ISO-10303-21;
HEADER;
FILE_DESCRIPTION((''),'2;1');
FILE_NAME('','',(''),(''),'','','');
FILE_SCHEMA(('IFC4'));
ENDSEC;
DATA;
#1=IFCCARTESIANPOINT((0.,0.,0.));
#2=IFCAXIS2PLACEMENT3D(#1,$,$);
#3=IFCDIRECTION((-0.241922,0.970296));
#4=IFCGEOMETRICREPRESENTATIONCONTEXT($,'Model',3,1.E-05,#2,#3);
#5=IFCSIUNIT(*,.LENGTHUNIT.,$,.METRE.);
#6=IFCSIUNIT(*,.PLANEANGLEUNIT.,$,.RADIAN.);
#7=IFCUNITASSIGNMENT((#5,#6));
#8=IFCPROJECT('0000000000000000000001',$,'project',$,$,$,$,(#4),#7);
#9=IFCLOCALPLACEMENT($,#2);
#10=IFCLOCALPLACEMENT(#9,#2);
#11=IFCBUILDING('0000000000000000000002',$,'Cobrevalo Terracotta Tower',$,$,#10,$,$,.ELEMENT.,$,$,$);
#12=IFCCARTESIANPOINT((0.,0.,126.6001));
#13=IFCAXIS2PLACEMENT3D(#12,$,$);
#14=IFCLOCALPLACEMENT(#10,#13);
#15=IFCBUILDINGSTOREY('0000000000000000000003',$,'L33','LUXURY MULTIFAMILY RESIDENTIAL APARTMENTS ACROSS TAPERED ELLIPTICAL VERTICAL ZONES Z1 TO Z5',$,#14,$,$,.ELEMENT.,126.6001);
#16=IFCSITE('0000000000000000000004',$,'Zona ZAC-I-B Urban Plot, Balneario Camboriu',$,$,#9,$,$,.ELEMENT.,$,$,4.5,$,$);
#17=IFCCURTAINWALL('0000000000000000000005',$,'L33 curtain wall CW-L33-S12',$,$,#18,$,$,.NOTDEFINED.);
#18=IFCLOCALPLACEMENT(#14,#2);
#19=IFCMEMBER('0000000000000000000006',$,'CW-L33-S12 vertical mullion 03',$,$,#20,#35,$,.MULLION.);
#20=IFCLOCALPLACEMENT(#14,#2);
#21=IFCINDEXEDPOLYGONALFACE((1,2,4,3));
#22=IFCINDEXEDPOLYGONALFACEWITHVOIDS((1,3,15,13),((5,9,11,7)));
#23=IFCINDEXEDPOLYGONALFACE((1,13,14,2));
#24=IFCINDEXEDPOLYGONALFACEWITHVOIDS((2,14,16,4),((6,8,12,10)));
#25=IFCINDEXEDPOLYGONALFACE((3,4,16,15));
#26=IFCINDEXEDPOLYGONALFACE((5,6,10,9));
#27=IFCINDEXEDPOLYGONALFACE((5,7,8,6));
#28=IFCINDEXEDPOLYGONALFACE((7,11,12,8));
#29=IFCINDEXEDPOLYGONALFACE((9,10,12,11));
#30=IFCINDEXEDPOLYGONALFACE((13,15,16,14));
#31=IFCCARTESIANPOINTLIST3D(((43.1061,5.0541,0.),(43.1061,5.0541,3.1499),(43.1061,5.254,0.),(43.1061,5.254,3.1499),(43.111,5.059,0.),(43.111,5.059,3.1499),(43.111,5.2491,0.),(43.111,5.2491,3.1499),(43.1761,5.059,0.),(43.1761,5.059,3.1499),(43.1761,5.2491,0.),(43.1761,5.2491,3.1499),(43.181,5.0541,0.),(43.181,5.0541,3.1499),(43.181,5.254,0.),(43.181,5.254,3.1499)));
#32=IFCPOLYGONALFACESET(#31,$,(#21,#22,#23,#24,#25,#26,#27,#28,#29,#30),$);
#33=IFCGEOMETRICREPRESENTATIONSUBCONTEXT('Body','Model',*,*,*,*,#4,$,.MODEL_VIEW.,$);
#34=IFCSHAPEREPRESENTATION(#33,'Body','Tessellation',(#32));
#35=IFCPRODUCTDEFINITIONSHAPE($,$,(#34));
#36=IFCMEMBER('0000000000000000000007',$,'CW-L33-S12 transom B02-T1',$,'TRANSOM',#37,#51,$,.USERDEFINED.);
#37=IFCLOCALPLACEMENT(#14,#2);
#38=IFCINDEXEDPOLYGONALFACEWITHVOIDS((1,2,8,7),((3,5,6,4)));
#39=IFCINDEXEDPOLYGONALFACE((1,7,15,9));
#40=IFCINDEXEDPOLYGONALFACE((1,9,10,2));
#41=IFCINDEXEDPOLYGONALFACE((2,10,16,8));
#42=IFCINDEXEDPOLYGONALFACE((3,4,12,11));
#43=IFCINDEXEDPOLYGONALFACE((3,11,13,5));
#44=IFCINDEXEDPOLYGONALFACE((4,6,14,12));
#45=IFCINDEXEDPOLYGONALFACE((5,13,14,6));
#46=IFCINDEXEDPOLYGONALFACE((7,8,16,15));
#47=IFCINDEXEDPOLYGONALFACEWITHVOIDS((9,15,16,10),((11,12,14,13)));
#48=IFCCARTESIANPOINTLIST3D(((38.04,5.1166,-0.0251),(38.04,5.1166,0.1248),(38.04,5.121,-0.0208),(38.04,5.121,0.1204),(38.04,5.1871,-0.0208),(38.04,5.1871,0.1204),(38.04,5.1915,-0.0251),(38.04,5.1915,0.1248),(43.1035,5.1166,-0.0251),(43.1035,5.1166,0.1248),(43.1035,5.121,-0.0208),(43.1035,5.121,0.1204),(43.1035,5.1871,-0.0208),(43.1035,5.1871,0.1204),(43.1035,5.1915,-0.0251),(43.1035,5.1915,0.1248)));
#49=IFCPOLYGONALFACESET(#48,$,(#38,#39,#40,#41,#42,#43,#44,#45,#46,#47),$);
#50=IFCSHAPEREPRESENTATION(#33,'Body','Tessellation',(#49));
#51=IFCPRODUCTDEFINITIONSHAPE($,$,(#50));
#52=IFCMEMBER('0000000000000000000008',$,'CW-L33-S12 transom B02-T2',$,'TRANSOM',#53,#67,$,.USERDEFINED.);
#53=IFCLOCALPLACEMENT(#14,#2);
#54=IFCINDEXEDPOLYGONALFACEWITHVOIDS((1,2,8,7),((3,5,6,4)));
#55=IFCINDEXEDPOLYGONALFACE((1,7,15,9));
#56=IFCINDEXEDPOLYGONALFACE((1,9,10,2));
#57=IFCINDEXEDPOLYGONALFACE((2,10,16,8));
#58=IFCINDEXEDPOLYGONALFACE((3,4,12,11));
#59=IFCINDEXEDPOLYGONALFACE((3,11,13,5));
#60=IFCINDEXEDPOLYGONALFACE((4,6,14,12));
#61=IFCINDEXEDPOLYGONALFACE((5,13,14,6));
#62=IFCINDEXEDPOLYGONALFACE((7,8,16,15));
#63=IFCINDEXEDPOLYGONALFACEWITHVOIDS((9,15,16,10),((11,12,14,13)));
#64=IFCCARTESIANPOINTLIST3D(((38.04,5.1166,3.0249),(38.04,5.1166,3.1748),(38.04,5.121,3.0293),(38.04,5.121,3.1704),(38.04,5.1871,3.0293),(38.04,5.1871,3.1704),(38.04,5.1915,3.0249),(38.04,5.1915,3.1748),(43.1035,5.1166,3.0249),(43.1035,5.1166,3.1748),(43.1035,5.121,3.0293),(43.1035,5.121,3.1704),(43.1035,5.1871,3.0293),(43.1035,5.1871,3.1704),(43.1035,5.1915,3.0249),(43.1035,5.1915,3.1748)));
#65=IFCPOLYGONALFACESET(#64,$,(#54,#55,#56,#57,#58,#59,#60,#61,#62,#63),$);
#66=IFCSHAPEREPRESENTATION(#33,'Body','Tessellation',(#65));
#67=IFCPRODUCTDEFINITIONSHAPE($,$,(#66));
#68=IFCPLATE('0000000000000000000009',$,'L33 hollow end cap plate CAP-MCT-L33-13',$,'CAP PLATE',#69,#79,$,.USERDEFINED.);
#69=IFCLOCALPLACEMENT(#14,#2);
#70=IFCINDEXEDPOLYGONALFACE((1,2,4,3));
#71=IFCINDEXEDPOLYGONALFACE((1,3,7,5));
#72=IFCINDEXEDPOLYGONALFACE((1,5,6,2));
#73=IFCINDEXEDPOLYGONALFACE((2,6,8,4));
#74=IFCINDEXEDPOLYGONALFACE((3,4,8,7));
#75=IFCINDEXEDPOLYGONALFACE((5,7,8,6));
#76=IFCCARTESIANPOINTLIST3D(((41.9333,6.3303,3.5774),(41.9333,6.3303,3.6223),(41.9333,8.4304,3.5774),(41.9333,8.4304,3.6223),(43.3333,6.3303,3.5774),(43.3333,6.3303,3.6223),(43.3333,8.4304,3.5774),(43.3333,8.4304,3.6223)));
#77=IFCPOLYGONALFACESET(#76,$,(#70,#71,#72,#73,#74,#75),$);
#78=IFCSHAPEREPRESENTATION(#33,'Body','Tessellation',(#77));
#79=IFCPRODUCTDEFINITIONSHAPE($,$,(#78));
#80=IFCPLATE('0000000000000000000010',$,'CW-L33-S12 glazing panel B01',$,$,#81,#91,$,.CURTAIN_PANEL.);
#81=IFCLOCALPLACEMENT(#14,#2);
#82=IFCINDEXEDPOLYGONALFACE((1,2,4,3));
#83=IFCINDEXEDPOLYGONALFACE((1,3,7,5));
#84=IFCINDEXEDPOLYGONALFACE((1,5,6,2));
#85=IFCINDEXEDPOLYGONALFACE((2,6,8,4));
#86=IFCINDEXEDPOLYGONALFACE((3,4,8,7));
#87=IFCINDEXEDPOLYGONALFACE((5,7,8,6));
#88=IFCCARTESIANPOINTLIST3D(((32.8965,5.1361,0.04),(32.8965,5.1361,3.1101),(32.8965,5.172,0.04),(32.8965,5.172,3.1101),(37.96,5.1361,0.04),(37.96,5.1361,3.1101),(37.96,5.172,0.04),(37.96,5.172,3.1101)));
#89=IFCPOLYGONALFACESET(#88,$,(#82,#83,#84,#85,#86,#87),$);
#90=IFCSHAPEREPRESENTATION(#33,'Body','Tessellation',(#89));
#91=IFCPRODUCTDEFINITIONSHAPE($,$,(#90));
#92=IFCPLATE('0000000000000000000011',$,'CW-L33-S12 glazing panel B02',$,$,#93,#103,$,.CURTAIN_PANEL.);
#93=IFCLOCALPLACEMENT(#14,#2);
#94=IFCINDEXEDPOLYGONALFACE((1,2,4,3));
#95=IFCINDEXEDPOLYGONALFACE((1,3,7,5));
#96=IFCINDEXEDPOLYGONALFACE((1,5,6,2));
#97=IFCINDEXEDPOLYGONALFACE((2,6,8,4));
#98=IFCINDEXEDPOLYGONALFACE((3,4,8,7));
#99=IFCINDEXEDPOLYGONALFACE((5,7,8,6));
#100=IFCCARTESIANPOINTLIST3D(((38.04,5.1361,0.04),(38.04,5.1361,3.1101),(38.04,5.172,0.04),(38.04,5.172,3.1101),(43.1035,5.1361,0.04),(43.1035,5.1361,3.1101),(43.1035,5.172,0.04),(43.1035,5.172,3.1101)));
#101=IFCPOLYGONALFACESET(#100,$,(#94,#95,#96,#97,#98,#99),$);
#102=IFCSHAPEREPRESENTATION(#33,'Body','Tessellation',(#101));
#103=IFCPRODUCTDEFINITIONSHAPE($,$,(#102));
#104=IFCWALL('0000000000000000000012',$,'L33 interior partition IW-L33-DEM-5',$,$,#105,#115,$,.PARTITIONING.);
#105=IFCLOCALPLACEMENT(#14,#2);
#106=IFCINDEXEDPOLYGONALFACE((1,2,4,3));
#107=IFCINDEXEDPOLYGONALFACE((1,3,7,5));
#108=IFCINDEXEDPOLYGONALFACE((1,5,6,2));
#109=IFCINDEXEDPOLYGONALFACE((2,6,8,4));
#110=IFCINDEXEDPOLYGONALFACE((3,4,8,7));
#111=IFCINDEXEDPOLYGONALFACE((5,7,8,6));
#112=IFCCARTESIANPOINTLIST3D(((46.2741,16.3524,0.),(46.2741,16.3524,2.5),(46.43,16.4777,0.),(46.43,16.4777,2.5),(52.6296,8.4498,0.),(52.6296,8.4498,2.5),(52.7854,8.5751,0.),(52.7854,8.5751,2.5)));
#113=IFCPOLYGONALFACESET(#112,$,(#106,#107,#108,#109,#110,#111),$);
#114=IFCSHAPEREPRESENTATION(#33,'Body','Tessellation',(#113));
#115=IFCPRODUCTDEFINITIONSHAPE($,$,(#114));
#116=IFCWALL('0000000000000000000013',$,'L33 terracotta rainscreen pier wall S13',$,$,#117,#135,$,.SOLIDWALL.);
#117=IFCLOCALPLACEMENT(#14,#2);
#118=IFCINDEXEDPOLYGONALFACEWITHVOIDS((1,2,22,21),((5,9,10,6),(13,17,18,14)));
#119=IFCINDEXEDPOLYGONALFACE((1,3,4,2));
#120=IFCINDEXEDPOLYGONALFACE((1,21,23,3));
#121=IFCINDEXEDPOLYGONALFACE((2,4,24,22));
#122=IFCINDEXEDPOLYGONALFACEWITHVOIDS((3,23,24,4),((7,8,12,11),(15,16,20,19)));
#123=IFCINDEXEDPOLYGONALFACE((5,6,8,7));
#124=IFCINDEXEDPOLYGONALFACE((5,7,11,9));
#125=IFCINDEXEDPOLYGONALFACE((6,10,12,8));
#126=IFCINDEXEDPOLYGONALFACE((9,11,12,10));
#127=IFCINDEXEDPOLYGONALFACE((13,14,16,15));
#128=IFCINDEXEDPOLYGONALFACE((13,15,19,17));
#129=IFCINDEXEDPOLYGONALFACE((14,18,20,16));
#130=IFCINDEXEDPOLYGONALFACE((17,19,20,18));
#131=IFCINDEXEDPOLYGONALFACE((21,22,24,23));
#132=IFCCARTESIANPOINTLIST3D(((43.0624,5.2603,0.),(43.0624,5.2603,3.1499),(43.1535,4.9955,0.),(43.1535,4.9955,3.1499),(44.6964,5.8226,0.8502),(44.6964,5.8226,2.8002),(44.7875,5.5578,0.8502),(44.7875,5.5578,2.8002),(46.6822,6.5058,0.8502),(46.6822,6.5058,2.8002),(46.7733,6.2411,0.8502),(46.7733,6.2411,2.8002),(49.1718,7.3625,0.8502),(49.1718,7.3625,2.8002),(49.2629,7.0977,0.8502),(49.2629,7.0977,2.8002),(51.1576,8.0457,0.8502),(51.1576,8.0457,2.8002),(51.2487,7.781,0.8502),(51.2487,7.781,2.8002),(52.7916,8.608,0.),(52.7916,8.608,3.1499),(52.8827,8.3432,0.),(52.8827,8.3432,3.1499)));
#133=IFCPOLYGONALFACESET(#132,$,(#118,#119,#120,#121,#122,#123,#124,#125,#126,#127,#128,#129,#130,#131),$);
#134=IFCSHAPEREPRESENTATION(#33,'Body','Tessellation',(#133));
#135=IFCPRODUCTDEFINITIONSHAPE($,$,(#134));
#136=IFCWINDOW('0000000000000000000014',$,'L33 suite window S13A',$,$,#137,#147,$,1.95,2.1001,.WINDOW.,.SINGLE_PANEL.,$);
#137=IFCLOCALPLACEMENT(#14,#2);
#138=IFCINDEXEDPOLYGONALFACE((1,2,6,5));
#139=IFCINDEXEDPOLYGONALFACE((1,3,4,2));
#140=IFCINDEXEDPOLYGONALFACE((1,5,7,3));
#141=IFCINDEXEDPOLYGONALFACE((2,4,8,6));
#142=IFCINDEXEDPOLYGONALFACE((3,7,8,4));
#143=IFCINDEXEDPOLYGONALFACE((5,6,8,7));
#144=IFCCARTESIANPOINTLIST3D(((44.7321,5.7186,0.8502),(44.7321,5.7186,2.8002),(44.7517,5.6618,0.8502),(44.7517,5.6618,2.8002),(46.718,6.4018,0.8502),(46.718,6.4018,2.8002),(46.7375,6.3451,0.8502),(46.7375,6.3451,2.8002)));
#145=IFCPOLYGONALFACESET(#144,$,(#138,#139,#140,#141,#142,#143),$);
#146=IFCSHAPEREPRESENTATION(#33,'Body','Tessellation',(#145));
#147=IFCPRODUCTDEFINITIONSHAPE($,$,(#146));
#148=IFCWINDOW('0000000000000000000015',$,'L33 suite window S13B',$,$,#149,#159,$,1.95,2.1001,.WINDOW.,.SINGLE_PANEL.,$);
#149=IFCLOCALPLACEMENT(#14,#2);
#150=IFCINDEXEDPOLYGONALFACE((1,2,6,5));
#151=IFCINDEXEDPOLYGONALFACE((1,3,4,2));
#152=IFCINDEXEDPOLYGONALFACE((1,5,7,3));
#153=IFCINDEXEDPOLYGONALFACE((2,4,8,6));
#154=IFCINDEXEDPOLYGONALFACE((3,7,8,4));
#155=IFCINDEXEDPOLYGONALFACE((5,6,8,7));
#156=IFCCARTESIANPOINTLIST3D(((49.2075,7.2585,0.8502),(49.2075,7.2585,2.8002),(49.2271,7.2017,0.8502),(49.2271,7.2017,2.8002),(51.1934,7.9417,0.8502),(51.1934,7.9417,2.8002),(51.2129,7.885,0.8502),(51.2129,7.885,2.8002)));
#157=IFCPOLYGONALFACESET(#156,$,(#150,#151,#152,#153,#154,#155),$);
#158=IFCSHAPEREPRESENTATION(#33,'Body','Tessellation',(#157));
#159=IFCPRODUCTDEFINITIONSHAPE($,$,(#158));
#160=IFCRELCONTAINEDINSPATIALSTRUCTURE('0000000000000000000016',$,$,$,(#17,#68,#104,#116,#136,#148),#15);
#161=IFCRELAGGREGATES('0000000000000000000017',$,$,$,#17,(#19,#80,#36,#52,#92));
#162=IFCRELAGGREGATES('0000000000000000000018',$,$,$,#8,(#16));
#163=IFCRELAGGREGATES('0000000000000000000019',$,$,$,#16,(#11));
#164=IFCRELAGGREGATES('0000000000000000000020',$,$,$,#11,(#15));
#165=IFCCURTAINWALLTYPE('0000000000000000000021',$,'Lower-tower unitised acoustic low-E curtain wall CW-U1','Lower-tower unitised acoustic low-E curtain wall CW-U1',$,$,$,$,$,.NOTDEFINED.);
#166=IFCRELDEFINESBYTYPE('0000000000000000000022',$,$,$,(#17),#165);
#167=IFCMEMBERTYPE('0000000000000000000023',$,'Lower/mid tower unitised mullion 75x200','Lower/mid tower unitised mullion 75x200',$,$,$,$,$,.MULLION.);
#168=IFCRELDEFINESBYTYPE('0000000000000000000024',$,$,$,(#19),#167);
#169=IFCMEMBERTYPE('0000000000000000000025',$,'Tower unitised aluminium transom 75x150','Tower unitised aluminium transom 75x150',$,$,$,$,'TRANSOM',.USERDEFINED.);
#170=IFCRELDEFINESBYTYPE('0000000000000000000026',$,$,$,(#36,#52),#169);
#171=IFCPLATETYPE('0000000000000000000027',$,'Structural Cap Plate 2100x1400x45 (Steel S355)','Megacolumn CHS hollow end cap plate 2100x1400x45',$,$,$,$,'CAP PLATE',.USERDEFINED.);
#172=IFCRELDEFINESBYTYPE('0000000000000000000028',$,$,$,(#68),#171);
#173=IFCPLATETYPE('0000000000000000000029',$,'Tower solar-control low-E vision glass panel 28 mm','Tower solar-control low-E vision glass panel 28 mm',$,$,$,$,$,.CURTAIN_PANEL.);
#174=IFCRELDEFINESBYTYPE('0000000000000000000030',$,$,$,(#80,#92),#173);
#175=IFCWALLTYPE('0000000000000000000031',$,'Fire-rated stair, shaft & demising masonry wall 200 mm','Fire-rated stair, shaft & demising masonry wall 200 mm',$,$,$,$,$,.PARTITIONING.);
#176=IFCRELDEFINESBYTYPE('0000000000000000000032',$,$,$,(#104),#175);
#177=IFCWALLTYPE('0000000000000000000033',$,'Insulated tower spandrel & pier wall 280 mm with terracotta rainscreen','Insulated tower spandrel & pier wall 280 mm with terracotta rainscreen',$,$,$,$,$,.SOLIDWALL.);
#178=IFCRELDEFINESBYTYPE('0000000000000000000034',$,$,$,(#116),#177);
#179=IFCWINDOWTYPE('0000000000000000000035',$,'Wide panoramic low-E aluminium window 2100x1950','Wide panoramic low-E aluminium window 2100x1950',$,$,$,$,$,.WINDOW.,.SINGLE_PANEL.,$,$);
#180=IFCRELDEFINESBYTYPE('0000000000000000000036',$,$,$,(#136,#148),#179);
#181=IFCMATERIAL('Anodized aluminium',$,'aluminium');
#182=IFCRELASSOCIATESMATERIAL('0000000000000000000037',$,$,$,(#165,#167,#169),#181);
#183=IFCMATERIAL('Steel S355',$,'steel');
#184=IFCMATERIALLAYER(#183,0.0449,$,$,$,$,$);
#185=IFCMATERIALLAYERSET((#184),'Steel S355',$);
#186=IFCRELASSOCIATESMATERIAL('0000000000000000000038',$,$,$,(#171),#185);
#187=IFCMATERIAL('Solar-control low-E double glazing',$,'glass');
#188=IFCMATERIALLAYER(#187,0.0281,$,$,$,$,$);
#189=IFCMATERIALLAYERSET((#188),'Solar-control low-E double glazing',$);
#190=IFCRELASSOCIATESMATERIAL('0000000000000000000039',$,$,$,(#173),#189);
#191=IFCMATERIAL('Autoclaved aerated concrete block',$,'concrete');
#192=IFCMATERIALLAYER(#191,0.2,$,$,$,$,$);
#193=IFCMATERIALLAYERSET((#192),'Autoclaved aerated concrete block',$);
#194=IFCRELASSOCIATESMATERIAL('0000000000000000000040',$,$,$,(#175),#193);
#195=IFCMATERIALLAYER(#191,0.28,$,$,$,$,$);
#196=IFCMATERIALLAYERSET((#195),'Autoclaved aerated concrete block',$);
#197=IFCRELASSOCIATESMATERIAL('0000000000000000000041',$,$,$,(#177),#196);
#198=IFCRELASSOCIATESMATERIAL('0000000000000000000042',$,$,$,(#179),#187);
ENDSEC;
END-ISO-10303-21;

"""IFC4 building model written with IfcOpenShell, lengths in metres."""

from ifc_helpers import new_model, si_unit, direction, frame, frame_2d, origin, origin_2d, place, context, subcontext, project, spatial, rectangle, hollow_rectangle, extrude, source, transform, mapped, material, layer, layer_set, material_profile, profile_set, type_object, element, fill, aggregate, save


model = new_model("IFC4")

# Units and contexts
model_context = context("Model", 3, precision=1e-05, world=origin(), true_north=direction((-0.241922, 0.970296)))
body_context = subcontext(model_context, "Body", "Model", "MODEL_VIEW")
ifc_project = project(units=[si_unit("LENGTHUNIT", "METRE"), si_unit("PLANEANGLEUNIT", "RADIAN")], contexts=[model_context])

# Site, building, storey
site_placement = place(None, origin())
site = spatial("IfcSite", under=ifc_project, at=site_placement, Name="Zona ZAC-I-B Urban Plot, Balneario Camboriu", CompositionType="ELEMENT", RefElevation=4.5)
building_placement = place(site_placement, origin())
building = spatial("IfcBuilding", under=site, at=building_placement, Name="Cobrevalo Terracotta Tower", CompositionType="ELEMENT")
storey_placement = place(building_placement, frame((0.0, 0.0, 126.6001)))
storey = spatial("IfcBuildingStorey", under=building, at=storey_placement, Name="L33", Description="LUXURY MULTIFAMILY RESIDENTIAL APARTMENTS ACROSS TAPERED ELLIPTICAL VERTICAL ZONES Z1 TO Z5", CompositionType="ELEMENT", Elevation=126.6001)

# Shared definitions
ifc_material_1 = material(Name="Steel S355", Category="steel")

# Curtain wall, members
ifc_material_2 = material(Name="Anodized aluminium", Category="aluminium")
curtain_wall_type = type_object("IfcCurtainWallType", Name="Lower-tower unitised acoustic low-E curtain wall CW-U1", Description="Lower-tower unitised acoustic low-E curtain wall CW-U1", PredefinedType="NOTDEFINED", material=ifc_material_2)
curtain_wall_placement = place(storey_placement, origin())
curtain_wall = element("IfcCurtainWall", 1, at=curtain_wall_placement, inside=storey, type_object=curtain_wall_type, Name="L33 curtain wall CW-L33-S12", PredefinedType="NOTDEFINED")
ifc_material_profile_1 = material_profile(ifc_material_2, hollow_rectangle(XDim=0.075, YDim=0.2, WallThickness=0.0049, at=origin_2d()), Name="CWM 75x200")
ifc_profile_set_1 = profile_set([ifc_material_profile_1], Name="Anodized aluminium")
member_type_1 = type_object("IfcMemberType", Name="Lower/mid tower unitised mullion 75x200", Description="Lower/mid tower unitised mullion 75x200", PredefinedType="MULLION", material=ifc_profile_set_1)
shared_shape_1 = source(origin(), body_context, "Body", "SweptSolid", [
    extrude(hollow_rectangle(XDim=0.075, YDim=0.2, WallThickness=0.0049, at=origin_2d()), origin(), (0.0, 0.0, 1.0), 3.1499),
])
member_1_placement = place(storey_placement, frame((43.1436, 5.1541, 0.0), z_axis=(0.0, 0.0, 1.0), x_axis=(1.0, 0.0, 0.0)))
member_1 = element("IfcMember", 2, at=member_1_placement, type_object=member_type_1, Name="CW-L33-S12 vertical mullion 03", PredefinedType="MULLION", context=body_context, shape_type="MappedRepresentation", body=[
    mapped(shared_shape_1, transform((0.0, 0.0, 0.0), scale=1.0)),
])
ifc_material_profile_2 = material_profile(ifc_material_2, hollow_rectangle(XDim=0.075, YDim=0.1499, WallThickness=0.0044, at=origin_2d()), Name="CWT 75x150")
ifc_profile_set_2 = profile_set([ifc_material_profile_2], Name="Anodized aluminium")
member_type_2 = type_object("IfcMemberType", Name="Tower unitised aluminium transom 75x150", Description="Tower unitised aluminium transom 75x150", ElementType="TRANSOM", PredefinedType="USERDEFINED", material=ifc_profile_set_2)
shared_shape_2 = source(origin(), body_context, "Body", "SweptSolid", [
    extrude(hollow_rectangle(XDim=0.075, YDim=0.1499, WallThickness=0.0044, at=origin_2d()), origin(), (0.0, 0.0, 1.0), 5.0635),
])
member_2_placement = place(storey_placement, frame((38.04, 5.1541, 0.0498), z_axis=(1.0, 0.0, 0.0), x_axis=(0.0, 1.0, 0.0)))
member_2 = element("IfcMember", 3, at=member_2_placement, type_object=member_type_2, Name="CW-L33-S12 transom B02-T1", ObjectType="TRANSOM", PredefinedType="USERDEFINED", context=body_context, shape_type="MappedRepresentation", body=[
    mapped(shared_shape_2, transform((0.0, 0.0, 0.0), scale=1.0)),
])
member_3_placement = place(storey_placement, frame((38.04, 5.1541, 3.0999), z_axis=(1.0, 0.0, 0.0), x_axis=(0.0, 1.0, 0.0)))
member_3 = element("IfcMember", 4, at=member_3_placement, type_object=member_type_2, Name="CW-L33-S12 transom B02-T2", ObjectType="TRANSOM", PredefinedType="USERDEFINED", context=body_context, shape_type="MappedRepresentation", body=[
    mapped(shared_shape_2, transform((0.0, 0.0, 0.0), scale=1.0)),
])

# Plates
ifc_layer_1 = layer(ifc_material_1, 0.0449)
ifc_layer_set_1 = layer_set([ifc_layer_1], Name="Steel S355")
plate_type_1 = type_object("IfcPlateType", Name="Structural Cap Plate 2100x1400x45 (Steel S355)", Description="Megacolumn CHS hollow end cap plate 2100x1400x45", ElementType="CAP PLATE", PredefinedType="USERDEFINED", material=ifc_layer_set_1)
shared_shape_3 = source(origin(), body_context, "Body", "SweptSolid", [
    extrude(rectangle(XDim=2.1001, YDim=1.3999, at=origin_2d()), origin(), (0.0, 0.0, 1.0), 0.0449),
])
plate_1_placement = place(storey_placement, frame((42.6333, 7.3804, 3.5774), z_axis=(0.0, 0.0, 1.0), x_axis=(0.0, -1.0, 0.0)))
element("IfcPlate", 5, at=plate_1_placement, inside=storey, type_object=plate_type_1, Name="L33 hollow end cap plate CAP-MCT-L33-13", ObjectType="CAP PLATE", PredefinedType="USERDEFINED", context=body_context, shape_type="MappedRepresentation", body=[
    mapped(shared_shape_3, transform((0.0, 0.0, 0.0), scale=1.0)),
])
ifc_material_3 = material(Name="Solar-control low-E double glazing", Category="glass")
ifc_layer_2 = layer(ifc_material_3, 0.0281)
ifc_layer_set_2 = layer_set([ifc_layer_2], Name="Solar-control low-E double glazing")
plate_type_2 = type_object("IfcPlateType", Name="Tower solar-control low-E vision glass panel 28 mm", Description="Tower solar-control low-E vision glass panel 28 mm", PredefinedType="CURTAIN_PANEL", material=ifc_layer_set_2)
shared_shape_4 = source(origin(), body_context, "Body", "SweptSolid", [
    extrude(rectangle(XDim=5.0635, YDim=0.0359, at=origin_2d()), origin(), (0.0, 0.0, 1.0), 3.0701),
])
plate_2_placement = place(storey_placement, frame((35.4282, 5.1541, 0.04), z_axis=(0.0, 0.0, 1.0), x_axis=(1.0, 0.0, 0.0)))
plate_2 = element("IfcPlate", 6, at=plate_2_placement, type_object=plate_type_2, Name="CW-L33-S12 glazing panel B01", PredefinedType="CURTAIN_PANEL", context=body_context, shape_type="MappedRepresentation", body=[
    mapped(shared_shape_4, transform((0.0, 0.0, 0.0), scale=1.0)),
])
plate_3_placement = place(storey_placement, frame((40.5718, 5.1541, 0.04), z_axis=(0.0, 0.0, 1.0), x_axis=(1.0, 0.0, 0.0)))
plate_3 = element("IfcPlate", 7, at=plate_3_placement, type_object=plate_type_2, Name="CW-L33-S12 glazing panel B02", PredefinedType="CURTAIN_PANEL", context=body_context, shape_type="MappedRepresentation", body=[
    mapped(shared_shape_4, transform((0.0, 0.0, 0.0), scale=1.0)),
])
aggregate(curtain_wall, [member_1, plate_2, member_2, member_3, plate_3])

# Wall
ifc_material_4 = material(Name="Autoclaved aerated concrete block", Category="concrete")
ifc_layer_3 = layer(ifc_material_4, 0.2)
ifc_layer_set_3 = layer_set([ifc_layer_3], Name="Autoclaved aerated concrete block")
wall_type_1 = type_object("IfcWallType", Name="Fire-rated stair, shaft & demising masonry wall 200 mm", Description="Fire-rated stair, shaft & demising masonry wall 200 mm", PredefinedType="PARTITIONING", material=ifc_layer_set_3)
wall_1_placement = place(storey_placement, frame((46.3521, 16.415, 0.0), z_axis=(0.0, 0.0, 1.0), x_axis=(0.626701, -0.77926, 0.0)))
element("IfcWall", 8, at=wall_1_placement, inside=storey, type_object=wall_type_1, Name="L33 interior partition IW-L33-DEM-5", PredefinedType="PARTITIONING", context=body_context, shape_type="SweptSolid", body=[
    extrude(rectangle(XDim=10.1411, YDim=0.2, at=frame_2d((5.0706, 0.0))), origin(), (0.0, 0.0, 1.0), 2.5),
])

# Wall, openings, windows
ifc_layer_4 = layer(ifc_material_4, 0.28)
ifc_layer_set_4 = layer_set([ifc_layer_4], Name="Autoclaved aerated concrete block")
wall_type_2 = type_object("IfcWallType", Name="Insulated tower spandrel & pier wall 280 mm with terracotta rainscreen", Description="Insulated tower spandrel & pier wall 280 mm with terracotta rainscreen", PredefinedType="SOLIDWALL", material=ifc_layer_set_4)
wall_2_placement = place(storey_placement, frame((43.1079, 5.1279, 0.0), z_axis=(0.0, 0.0, 1.0), x_axis=(0.94559, 0.32536, 0.0)))
wall_2 = element("IfcWall", 9, at=wall_2_placement, inside=storey, type_object=wall_type_2, Name="L33 terracotta rainscreen pier wall S13", PredefinedType="SOLIDWALL", context=body_context, shape_type="SweptSolid", body=[
    extrude(rectangle(XDim=10.2891, YDim=0.28, at=frame_2d((5.1445, 0.0))), origin(), (0.0, 0.0, 1.0), 3.1499),
])
opening_1_placement = place(wall_2_placement, frame((1.728, 0.0, 0.8501)))
opening_1 = element("IfcOpeningElement", 10, at=opening_1_placement, cuts=wall_2, PredefinedType="OPENING", context=body_context, shape_type="SweptSolid", body=[
    extrude(rectangle(XDim=2.1001, YDim=1.95, at=frame_2d((1.05, 0.9751))), frame((0.0, 0.1499, 0.0), z_axis=(0.0, -1.0, 0.0), x_axis=(1.0, 0.0, 0.0)), (0.0, 0.0, 1.0), 0.3),
])
opening_2_placement = place(wall_2_placement, frame((6.4609, 0.0, 0.8501)))
opening_2 = element("IfcOpeningElement", 11, at=opening_2_placement, cuts=wall_2, PredefinedType="OPENING", context=body_context, shape_type="SweptSolid", body=[
    extrude(rectangle(XDim=2.1001, YDim=1.95, at=frame_2d((1.05, 0.9751))), frame((0.0, 0.1499, 0.0), z_axis=(0.0, -1.0, 0.0), x_axis=(1.0, 0.0, 0.0)), (0.0, 0.0, 1.0), 0.3),
])
window_type = type_object("IfcWindowType", Name="Wide panoramic low-E aluminium window 2100x1950", Description="Wide panoramic low-E aluminium window 2100x1950", PartitioningType="SINGLE_PANEL", PredefinedType="WINDOW", material=ifc_material_3)
shared_shape_5 = source(origin(), body_context, "Body", "SweptSolid", [
    extrude(rectangle(XDim=2.1001, YDim=1.95, at=frame_2d((1.05, 0.9751))), frame((0.0, 0.03, 0.0), z_axis=(0.0, -1.0, 0.0), x_axis=(1.0, 0.0, 0.0)), (0.0, 0.0, 1.0), 0.0601),
])
window_1_placement = place(opening_1_placement, origin())
window_1 = element("IfcWindow", 12, at=window_1_placement, inside=storey, type_object=window_type, Name="L33 suite window S13A", OverallHeight=1.95, OverallWidth=2.1001, PartitioningType="SINGLE_PANEL", PredefinedType="WINDOW", context=body_context, shape_type="MappedRepresentation", body=[
    mapped(shared_shape_5, transform((0.0, 0.0, 0.0), scale=1.0)),
])
fill(opening_1, window_1)
window_2_placement = place(opening_2_placement, origin())
window_2 = element("IfcWindow", 13, at=window_2_placement, inside=storey, type_object=window_type, Name="L33 suite window S13B", OverallHeight=1.95, OverallWidth=2.1001, PartitioningType="SINGLE_PANEL", PredefinedType="WINDOW", context=body_context, shape_type="MappedRepresentation", body=[
    mapped(shared_shape_5, transform((0.0, 0.0, 0.0), scale=1.0)),
])
fill(opening_2, window_2)

save(model, "model.ifc")
